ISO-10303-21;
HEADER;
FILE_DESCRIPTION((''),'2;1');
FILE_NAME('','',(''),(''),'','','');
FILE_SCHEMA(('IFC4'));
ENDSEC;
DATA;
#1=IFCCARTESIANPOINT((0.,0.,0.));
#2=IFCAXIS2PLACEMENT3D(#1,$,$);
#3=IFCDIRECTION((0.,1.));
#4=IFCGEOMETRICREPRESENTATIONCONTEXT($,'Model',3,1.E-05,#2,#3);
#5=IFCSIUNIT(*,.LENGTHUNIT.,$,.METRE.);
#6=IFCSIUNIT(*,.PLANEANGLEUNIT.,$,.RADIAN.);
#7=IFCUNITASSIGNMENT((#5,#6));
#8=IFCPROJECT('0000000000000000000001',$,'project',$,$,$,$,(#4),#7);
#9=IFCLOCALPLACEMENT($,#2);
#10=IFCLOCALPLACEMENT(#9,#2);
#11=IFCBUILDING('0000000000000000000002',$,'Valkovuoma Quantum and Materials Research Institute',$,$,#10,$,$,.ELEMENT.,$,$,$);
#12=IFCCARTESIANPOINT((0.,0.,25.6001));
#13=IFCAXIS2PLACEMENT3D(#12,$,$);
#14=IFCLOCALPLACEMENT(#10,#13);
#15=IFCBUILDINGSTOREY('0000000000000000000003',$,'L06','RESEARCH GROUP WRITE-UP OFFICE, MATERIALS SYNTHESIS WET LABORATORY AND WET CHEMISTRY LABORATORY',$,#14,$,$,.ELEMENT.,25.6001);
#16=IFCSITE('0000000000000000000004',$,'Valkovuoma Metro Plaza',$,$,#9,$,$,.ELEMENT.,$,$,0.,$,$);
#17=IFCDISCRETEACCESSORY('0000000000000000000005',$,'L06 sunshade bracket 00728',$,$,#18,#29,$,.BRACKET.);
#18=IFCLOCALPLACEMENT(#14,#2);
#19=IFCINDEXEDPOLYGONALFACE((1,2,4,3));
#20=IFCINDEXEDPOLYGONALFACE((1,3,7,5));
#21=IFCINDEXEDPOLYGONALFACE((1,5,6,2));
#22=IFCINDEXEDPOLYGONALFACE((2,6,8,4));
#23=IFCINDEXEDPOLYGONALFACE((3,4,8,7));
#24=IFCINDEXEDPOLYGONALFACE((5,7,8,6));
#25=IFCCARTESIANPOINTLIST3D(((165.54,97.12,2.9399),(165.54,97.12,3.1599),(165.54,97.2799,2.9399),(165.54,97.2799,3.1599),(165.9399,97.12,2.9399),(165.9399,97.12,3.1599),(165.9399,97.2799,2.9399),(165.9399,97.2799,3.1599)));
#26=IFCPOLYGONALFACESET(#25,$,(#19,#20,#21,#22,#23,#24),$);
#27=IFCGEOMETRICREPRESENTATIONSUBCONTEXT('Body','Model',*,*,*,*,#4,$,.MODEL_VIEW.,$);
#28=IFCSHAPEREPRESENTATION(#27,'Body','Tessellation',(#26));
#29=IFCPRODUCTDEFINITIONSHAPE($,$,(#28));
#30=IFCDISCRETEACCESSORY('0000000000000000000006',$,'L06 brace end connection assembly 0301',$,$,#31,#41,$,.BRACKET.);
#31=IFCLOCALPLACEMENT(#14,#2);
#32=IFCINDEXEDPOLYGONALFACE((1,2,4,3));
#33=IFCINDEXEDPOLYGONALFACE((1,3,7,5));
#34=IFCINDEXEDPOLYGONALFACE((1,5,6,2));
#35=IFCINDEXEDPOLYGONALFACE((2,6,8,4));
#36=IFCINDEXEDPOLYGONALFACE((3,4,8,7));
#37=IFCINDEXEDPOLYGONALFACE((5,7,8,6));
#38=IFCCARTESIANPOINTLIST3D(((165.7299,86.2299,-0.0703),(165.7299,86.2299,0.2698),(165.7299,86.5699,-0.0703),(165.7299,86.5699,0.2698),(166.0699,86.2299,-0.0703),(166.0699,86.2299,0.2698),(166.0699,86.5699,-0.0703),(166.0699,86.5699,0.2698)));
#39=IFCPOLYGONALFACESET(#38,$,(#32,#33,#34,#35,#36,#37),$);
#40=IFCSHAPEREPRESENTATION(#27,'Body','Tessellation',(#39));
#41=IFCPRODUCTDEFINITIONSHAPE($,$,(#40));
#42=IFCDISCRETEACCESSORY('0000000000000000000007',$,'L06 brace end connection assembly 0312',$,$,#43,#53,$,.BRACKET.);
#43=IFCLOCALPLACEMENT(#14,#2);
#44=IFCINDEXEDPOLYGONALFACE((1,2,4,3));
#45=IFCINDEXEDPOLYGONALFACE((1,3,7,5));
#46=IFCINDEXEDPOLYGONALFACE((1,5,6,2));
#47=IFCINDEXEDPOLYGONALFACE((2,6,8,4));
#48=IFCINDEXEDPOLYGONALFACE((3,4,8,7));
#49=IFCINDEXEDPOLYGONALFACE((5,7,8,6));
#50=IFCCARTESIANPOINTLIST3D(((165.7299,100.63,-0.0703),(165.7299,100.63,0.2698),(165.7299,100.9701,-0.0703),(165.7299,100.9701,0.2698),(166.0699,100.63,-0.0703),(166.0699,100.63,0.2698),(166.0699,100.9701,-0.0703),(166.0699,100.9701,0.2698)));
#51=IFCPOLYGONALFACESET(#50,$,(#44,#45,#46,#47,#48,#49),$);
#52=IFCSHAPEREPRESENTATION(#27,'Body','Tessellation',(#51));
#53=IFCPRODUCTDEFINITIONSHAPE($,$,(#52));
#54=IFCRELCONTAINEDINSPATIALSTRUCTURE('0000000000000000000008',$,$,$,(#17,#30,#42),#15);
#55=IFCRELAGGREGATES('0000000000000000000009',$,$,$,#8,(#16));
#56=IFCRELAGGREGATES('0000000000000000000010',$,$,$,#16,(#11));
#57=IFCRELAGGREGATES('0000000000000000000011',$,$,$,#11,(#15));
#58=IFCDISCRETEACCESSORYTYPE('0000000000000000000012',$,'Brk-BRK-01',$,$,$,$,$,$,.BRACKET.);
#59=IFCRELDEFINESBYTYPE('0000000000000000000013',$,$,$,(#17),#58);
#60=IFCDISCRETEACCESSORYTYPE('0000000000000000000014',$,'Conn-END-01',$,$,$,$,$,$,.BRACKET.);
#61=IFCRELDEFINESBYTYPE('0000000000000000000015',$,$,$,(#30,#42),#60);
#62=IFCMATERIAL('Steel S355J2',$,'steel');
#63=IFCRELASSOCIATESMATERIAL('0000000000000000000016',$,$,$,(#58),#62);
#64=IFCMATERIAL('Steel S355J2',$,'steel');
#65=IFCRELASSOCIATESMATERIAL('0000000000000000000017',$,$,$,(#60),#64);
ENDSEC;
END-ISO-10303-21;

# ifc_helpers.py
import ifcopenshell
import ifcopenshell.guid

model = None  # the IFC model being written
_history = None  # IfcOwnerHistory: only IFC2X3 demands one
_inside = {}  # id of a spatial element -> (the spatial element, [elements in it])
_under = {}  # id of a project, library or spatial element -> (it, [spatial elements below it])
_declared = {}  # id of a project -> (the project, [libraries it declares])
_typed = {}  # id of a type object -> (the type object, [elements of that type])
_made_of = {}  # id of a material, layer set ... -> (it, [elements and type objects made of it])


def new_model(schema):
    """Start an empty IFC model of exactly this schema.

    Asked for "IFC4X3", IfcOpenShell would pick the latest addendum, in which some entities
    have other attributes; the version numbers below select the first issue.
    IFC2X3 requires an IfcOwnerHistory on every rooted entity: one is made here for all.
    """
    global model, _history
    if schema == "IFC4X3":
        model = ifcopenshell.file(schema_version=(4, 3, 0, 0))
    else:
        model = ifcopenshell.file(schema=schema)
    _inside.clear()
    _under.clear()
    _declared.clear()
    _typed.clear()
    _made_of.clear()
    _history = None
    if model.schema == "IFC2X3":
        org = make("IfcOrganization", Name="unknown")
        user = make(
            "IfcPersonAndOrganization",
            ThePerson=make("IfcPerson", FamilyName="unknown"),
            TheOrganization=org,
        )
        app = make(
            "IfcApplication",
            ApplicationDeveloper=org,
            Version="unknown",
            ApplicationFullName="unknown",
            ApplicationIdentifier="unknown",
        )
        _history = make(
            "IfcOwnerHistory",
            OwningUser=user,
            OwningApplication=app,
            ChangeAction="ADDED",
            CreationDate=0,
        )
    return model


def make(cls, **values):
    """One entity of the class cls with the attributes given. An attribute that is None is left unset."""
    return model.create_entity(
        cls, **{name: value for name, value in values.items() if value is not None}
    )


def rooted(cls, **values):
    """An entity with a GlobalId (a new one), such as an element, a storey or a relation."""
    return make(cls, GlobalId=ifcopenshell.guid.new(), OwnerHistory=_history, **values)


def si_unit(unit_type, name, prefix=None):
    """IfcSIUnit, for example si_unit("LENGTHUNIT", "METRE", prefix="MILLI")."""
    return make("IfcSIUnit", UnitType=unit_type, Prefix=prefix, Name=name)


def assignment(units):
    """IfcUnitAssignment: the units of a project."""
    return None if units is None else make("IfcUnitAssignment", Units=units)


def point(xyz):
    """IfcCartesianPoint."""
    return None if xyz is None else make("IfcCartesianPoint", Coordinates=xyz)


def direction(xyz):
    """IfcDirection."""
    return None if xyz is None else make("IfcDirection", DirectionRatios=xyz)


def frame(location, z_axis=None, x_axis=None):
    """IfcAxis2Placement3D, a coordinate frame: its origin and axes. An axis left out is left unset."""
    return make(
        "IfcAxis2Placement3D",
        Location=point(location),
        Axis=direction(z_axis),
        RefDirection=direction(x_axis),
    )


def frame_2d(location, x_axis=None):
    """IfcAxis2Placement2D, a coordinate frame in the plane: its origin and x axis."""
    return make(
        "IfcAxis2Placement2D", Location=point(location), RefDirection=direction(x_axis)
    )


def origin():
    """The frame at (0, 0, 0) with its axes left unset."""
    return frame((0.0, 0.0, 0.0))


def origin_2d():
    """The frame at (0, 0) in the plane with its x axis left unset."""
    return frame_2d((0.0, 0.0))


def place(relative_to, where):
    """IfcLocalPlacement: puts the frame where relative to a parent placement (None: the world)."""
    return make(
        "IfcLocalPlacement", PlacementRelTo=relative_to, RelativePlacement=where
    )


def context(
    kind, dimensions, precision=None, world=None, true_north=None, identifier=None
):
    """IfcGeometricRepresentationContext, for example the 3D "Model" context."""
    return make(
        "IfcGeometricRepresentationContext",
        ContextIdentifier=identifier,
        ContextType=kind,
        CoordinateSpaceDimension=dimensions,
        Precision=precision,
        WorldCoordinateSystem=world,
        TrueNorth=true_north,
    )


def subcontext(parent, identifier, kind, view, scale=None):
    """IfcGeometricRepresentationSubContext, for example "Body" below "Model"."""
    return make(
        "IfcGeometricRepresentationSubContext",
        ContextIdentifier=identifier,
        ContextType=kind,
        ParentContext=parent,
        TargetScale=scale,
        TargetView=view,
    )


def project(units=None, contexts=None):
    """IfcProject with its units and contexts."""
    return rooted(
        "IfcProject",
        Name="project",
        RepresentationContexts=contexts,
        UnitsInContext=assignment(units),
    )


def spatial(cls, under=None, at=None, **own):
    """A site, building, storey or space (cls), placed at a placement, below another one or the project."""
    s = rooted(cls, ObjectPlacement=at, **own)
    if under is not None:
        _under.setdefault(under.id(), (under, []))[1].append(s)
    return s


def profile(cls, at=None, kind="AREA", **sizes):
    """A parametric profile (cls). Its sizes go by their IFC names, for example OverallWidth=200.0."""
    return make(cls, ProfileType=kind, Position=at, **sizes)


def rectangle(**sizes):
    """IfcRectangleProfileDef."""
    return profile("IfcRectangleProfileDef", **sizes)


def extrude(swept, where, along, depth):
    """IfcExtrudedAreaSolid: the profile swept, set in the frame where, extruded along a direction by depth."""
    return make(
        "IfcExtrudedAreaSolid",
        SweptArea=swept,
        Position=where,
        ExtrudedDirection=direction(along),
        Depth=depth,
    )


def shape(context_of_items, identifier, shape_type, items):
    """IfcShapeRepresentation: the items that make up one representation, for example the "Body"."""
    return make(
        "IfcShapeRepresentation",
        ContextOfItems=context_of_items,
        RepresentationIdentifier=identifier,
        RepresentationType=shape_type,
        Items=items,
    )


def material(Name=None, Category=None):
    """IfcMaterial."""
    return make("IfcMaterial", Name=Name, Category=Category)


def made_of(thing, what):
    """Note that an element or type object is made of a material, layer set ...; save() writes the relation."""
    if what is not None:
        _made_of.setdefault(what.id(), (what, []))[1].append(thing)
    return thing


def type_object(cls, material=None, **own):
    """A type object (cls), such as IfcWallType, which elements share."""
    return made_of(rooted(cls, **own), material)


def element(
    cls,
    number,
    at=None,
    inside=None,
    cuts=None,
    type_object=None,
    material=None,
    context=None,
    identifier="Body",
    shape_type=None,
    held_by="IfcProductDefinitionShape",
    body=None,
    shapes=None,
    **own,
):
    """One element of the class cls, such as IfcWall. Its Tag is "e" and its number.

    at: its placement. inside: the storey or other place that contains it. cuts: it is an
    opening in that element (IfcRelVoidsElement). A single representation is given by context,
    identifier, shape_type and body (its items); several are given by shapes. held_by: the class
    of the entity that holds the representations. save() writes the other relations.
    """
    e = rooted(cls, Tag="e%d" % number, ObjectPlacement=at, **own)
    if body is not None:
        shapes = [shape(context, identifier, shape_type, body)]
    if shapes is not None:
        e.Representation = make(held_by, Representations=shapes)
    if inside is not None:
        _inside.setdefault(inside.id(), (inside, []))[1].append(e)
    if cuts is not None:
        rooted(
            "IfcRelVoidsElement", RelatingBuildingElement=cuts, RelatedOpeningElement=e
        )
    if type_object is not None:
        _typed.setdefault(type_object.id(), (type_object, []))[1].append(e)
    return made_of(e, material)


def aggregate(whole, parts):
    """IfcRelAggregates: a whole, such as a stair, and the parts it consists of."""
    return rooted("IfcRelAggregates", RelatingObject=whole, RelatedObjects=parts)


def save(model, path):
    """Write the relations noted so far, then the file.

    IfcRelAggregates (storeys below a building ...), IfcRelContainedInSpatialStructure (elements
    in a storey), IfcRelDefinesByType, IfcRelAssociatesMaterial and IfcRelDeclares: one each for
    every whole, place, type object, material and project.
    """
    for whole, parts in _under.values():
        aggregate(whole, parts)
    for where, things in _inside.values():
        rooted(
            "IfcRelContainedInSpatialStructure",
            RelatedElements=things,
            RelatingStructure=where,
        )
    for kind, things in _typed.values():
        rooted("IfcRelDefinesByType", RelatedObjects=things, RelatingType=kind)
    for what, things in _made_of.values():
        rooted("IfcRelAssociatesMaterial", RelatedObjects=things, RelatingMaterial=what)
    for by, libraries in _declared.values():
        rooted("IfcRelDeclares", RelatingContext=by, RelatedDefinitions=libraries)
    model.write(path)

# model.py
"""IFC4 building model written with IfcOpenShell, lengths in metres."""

from ifc_helpers import new_model, si_unit, direction, frame, origin, origin_2d, place, context, subcontext, project, spatial, rectangle, extrude, material, type_object, element, save


model = new_model("IFC4")

# Units and contexts
model_context = context("Model", 3, precision=1e-05, world=origin(), true_north=direction((0.0, 1.0)))
body_context = subcontext(model_context, "Body", "Model", "MODEL_VIEW")
ifc_project = project(units=[si_unit("LENGTHUNIT", "METRE"), si_unit("PLANEANGLEUNIT", "RADIAN")], contexts=[model_context])

# Site, building, storey
site_placement = place(None, origin())
site = spatial("IfcSite", under=ifc_project, at=site_placement, Name="Valkovuoma Metro Plaza", CompositionType="ELEMENT", RefElevation=0.0)
building_placement = place(site_placement, origin())
building = spatial("IfcBuilding", under=site, at=building_placement, Name="Valkovuoma Quantum and Materials Research Institute", CompositionType="ELEMENT")
storey_placement = place(building_placement, frame((0.0, 0.0, 25.6001)))
storey = spatial("IfcBuildingStorey", under=building, at=storey_placement, Name="L06", Description="RESEARCH GROUP WRITE-UP OFFICE, MATERIALS SYNTHESIS WET LABORATORY AND WET CHEMISTRY LABORATORY", CompositionType="ELEMENT", Elevation=25.6001)

# Discrete accessories
ifc_material_1 = material(Name="Steel S355J2", Category="steel")
discrete_accessory_type_1 = type_object("IfcDiscreteAccessoryType", Name="Brk-BRK-01", PredefinedType="BRACKET", material=ifc_material_1)
for number, where, z_axis, x_axis, name in (
    (1, (165.74, 97.2, 2.9399), (0.0, 0.0, 1.0), (1.0, 0.0, 0.0), "L06 sunshade bracket 00728"),
):
    element("IfcDiscreteAccessory", number, at=place(storey_placement, frame(where, z_axis=z_axis, x_axis=x_axis)), inside=storey, type_object=discrete_accessory_type_1, Name=name, PredefinedType="BRACKET", context=body_context, shape_type="SweptSolid", body=[
        extrude(rectangle(XDim=0.3999, YDim=0.1599, at=origin_2d()), origin(), (0.0, 0.0, 1.0), 0.22),
    ])
ifc_material_2 = material(Name="Steel S355J2", Category="steel")
discrete_accessory_type_2 = type_object("IfcDiscreteAccessoryType", Name="Conn-END-01", PredefinedType="BRACKET", material=ifc_material_2)
for number, where, z_axis, x_axis, name in (
    (2, (165.8999, 86.3999, -0.0703), (0.0, 0.0, 1.0), (1.0, 0.0, 0.0), "L06 brace end connection assembly 0301"),
    (3, (165.8999, 100.8, -0.0703), (0.0, 0.0, 1.0), (1.0, 0.0, 0.0), "L06 brace end connection assembly 0312"),
):
    element("IfcDiscreteAccessory", number, at=place(storey_placement, frame(where, z_axis=z_axis, x_axis=x_axis)), inside=storey, type_object=discrete_accessory_type_2, Name=name, PredefinedType="BRACKET", context=body_context, shape_type="SweptSolid", body=[
        extrude(rectangle(XDim=0.3401, YDim=0.3401, at=origin_2d()), origin(), (0.0, 0.0, 1.0), 0.3401),
    ])

save(model, "model.ifc")
